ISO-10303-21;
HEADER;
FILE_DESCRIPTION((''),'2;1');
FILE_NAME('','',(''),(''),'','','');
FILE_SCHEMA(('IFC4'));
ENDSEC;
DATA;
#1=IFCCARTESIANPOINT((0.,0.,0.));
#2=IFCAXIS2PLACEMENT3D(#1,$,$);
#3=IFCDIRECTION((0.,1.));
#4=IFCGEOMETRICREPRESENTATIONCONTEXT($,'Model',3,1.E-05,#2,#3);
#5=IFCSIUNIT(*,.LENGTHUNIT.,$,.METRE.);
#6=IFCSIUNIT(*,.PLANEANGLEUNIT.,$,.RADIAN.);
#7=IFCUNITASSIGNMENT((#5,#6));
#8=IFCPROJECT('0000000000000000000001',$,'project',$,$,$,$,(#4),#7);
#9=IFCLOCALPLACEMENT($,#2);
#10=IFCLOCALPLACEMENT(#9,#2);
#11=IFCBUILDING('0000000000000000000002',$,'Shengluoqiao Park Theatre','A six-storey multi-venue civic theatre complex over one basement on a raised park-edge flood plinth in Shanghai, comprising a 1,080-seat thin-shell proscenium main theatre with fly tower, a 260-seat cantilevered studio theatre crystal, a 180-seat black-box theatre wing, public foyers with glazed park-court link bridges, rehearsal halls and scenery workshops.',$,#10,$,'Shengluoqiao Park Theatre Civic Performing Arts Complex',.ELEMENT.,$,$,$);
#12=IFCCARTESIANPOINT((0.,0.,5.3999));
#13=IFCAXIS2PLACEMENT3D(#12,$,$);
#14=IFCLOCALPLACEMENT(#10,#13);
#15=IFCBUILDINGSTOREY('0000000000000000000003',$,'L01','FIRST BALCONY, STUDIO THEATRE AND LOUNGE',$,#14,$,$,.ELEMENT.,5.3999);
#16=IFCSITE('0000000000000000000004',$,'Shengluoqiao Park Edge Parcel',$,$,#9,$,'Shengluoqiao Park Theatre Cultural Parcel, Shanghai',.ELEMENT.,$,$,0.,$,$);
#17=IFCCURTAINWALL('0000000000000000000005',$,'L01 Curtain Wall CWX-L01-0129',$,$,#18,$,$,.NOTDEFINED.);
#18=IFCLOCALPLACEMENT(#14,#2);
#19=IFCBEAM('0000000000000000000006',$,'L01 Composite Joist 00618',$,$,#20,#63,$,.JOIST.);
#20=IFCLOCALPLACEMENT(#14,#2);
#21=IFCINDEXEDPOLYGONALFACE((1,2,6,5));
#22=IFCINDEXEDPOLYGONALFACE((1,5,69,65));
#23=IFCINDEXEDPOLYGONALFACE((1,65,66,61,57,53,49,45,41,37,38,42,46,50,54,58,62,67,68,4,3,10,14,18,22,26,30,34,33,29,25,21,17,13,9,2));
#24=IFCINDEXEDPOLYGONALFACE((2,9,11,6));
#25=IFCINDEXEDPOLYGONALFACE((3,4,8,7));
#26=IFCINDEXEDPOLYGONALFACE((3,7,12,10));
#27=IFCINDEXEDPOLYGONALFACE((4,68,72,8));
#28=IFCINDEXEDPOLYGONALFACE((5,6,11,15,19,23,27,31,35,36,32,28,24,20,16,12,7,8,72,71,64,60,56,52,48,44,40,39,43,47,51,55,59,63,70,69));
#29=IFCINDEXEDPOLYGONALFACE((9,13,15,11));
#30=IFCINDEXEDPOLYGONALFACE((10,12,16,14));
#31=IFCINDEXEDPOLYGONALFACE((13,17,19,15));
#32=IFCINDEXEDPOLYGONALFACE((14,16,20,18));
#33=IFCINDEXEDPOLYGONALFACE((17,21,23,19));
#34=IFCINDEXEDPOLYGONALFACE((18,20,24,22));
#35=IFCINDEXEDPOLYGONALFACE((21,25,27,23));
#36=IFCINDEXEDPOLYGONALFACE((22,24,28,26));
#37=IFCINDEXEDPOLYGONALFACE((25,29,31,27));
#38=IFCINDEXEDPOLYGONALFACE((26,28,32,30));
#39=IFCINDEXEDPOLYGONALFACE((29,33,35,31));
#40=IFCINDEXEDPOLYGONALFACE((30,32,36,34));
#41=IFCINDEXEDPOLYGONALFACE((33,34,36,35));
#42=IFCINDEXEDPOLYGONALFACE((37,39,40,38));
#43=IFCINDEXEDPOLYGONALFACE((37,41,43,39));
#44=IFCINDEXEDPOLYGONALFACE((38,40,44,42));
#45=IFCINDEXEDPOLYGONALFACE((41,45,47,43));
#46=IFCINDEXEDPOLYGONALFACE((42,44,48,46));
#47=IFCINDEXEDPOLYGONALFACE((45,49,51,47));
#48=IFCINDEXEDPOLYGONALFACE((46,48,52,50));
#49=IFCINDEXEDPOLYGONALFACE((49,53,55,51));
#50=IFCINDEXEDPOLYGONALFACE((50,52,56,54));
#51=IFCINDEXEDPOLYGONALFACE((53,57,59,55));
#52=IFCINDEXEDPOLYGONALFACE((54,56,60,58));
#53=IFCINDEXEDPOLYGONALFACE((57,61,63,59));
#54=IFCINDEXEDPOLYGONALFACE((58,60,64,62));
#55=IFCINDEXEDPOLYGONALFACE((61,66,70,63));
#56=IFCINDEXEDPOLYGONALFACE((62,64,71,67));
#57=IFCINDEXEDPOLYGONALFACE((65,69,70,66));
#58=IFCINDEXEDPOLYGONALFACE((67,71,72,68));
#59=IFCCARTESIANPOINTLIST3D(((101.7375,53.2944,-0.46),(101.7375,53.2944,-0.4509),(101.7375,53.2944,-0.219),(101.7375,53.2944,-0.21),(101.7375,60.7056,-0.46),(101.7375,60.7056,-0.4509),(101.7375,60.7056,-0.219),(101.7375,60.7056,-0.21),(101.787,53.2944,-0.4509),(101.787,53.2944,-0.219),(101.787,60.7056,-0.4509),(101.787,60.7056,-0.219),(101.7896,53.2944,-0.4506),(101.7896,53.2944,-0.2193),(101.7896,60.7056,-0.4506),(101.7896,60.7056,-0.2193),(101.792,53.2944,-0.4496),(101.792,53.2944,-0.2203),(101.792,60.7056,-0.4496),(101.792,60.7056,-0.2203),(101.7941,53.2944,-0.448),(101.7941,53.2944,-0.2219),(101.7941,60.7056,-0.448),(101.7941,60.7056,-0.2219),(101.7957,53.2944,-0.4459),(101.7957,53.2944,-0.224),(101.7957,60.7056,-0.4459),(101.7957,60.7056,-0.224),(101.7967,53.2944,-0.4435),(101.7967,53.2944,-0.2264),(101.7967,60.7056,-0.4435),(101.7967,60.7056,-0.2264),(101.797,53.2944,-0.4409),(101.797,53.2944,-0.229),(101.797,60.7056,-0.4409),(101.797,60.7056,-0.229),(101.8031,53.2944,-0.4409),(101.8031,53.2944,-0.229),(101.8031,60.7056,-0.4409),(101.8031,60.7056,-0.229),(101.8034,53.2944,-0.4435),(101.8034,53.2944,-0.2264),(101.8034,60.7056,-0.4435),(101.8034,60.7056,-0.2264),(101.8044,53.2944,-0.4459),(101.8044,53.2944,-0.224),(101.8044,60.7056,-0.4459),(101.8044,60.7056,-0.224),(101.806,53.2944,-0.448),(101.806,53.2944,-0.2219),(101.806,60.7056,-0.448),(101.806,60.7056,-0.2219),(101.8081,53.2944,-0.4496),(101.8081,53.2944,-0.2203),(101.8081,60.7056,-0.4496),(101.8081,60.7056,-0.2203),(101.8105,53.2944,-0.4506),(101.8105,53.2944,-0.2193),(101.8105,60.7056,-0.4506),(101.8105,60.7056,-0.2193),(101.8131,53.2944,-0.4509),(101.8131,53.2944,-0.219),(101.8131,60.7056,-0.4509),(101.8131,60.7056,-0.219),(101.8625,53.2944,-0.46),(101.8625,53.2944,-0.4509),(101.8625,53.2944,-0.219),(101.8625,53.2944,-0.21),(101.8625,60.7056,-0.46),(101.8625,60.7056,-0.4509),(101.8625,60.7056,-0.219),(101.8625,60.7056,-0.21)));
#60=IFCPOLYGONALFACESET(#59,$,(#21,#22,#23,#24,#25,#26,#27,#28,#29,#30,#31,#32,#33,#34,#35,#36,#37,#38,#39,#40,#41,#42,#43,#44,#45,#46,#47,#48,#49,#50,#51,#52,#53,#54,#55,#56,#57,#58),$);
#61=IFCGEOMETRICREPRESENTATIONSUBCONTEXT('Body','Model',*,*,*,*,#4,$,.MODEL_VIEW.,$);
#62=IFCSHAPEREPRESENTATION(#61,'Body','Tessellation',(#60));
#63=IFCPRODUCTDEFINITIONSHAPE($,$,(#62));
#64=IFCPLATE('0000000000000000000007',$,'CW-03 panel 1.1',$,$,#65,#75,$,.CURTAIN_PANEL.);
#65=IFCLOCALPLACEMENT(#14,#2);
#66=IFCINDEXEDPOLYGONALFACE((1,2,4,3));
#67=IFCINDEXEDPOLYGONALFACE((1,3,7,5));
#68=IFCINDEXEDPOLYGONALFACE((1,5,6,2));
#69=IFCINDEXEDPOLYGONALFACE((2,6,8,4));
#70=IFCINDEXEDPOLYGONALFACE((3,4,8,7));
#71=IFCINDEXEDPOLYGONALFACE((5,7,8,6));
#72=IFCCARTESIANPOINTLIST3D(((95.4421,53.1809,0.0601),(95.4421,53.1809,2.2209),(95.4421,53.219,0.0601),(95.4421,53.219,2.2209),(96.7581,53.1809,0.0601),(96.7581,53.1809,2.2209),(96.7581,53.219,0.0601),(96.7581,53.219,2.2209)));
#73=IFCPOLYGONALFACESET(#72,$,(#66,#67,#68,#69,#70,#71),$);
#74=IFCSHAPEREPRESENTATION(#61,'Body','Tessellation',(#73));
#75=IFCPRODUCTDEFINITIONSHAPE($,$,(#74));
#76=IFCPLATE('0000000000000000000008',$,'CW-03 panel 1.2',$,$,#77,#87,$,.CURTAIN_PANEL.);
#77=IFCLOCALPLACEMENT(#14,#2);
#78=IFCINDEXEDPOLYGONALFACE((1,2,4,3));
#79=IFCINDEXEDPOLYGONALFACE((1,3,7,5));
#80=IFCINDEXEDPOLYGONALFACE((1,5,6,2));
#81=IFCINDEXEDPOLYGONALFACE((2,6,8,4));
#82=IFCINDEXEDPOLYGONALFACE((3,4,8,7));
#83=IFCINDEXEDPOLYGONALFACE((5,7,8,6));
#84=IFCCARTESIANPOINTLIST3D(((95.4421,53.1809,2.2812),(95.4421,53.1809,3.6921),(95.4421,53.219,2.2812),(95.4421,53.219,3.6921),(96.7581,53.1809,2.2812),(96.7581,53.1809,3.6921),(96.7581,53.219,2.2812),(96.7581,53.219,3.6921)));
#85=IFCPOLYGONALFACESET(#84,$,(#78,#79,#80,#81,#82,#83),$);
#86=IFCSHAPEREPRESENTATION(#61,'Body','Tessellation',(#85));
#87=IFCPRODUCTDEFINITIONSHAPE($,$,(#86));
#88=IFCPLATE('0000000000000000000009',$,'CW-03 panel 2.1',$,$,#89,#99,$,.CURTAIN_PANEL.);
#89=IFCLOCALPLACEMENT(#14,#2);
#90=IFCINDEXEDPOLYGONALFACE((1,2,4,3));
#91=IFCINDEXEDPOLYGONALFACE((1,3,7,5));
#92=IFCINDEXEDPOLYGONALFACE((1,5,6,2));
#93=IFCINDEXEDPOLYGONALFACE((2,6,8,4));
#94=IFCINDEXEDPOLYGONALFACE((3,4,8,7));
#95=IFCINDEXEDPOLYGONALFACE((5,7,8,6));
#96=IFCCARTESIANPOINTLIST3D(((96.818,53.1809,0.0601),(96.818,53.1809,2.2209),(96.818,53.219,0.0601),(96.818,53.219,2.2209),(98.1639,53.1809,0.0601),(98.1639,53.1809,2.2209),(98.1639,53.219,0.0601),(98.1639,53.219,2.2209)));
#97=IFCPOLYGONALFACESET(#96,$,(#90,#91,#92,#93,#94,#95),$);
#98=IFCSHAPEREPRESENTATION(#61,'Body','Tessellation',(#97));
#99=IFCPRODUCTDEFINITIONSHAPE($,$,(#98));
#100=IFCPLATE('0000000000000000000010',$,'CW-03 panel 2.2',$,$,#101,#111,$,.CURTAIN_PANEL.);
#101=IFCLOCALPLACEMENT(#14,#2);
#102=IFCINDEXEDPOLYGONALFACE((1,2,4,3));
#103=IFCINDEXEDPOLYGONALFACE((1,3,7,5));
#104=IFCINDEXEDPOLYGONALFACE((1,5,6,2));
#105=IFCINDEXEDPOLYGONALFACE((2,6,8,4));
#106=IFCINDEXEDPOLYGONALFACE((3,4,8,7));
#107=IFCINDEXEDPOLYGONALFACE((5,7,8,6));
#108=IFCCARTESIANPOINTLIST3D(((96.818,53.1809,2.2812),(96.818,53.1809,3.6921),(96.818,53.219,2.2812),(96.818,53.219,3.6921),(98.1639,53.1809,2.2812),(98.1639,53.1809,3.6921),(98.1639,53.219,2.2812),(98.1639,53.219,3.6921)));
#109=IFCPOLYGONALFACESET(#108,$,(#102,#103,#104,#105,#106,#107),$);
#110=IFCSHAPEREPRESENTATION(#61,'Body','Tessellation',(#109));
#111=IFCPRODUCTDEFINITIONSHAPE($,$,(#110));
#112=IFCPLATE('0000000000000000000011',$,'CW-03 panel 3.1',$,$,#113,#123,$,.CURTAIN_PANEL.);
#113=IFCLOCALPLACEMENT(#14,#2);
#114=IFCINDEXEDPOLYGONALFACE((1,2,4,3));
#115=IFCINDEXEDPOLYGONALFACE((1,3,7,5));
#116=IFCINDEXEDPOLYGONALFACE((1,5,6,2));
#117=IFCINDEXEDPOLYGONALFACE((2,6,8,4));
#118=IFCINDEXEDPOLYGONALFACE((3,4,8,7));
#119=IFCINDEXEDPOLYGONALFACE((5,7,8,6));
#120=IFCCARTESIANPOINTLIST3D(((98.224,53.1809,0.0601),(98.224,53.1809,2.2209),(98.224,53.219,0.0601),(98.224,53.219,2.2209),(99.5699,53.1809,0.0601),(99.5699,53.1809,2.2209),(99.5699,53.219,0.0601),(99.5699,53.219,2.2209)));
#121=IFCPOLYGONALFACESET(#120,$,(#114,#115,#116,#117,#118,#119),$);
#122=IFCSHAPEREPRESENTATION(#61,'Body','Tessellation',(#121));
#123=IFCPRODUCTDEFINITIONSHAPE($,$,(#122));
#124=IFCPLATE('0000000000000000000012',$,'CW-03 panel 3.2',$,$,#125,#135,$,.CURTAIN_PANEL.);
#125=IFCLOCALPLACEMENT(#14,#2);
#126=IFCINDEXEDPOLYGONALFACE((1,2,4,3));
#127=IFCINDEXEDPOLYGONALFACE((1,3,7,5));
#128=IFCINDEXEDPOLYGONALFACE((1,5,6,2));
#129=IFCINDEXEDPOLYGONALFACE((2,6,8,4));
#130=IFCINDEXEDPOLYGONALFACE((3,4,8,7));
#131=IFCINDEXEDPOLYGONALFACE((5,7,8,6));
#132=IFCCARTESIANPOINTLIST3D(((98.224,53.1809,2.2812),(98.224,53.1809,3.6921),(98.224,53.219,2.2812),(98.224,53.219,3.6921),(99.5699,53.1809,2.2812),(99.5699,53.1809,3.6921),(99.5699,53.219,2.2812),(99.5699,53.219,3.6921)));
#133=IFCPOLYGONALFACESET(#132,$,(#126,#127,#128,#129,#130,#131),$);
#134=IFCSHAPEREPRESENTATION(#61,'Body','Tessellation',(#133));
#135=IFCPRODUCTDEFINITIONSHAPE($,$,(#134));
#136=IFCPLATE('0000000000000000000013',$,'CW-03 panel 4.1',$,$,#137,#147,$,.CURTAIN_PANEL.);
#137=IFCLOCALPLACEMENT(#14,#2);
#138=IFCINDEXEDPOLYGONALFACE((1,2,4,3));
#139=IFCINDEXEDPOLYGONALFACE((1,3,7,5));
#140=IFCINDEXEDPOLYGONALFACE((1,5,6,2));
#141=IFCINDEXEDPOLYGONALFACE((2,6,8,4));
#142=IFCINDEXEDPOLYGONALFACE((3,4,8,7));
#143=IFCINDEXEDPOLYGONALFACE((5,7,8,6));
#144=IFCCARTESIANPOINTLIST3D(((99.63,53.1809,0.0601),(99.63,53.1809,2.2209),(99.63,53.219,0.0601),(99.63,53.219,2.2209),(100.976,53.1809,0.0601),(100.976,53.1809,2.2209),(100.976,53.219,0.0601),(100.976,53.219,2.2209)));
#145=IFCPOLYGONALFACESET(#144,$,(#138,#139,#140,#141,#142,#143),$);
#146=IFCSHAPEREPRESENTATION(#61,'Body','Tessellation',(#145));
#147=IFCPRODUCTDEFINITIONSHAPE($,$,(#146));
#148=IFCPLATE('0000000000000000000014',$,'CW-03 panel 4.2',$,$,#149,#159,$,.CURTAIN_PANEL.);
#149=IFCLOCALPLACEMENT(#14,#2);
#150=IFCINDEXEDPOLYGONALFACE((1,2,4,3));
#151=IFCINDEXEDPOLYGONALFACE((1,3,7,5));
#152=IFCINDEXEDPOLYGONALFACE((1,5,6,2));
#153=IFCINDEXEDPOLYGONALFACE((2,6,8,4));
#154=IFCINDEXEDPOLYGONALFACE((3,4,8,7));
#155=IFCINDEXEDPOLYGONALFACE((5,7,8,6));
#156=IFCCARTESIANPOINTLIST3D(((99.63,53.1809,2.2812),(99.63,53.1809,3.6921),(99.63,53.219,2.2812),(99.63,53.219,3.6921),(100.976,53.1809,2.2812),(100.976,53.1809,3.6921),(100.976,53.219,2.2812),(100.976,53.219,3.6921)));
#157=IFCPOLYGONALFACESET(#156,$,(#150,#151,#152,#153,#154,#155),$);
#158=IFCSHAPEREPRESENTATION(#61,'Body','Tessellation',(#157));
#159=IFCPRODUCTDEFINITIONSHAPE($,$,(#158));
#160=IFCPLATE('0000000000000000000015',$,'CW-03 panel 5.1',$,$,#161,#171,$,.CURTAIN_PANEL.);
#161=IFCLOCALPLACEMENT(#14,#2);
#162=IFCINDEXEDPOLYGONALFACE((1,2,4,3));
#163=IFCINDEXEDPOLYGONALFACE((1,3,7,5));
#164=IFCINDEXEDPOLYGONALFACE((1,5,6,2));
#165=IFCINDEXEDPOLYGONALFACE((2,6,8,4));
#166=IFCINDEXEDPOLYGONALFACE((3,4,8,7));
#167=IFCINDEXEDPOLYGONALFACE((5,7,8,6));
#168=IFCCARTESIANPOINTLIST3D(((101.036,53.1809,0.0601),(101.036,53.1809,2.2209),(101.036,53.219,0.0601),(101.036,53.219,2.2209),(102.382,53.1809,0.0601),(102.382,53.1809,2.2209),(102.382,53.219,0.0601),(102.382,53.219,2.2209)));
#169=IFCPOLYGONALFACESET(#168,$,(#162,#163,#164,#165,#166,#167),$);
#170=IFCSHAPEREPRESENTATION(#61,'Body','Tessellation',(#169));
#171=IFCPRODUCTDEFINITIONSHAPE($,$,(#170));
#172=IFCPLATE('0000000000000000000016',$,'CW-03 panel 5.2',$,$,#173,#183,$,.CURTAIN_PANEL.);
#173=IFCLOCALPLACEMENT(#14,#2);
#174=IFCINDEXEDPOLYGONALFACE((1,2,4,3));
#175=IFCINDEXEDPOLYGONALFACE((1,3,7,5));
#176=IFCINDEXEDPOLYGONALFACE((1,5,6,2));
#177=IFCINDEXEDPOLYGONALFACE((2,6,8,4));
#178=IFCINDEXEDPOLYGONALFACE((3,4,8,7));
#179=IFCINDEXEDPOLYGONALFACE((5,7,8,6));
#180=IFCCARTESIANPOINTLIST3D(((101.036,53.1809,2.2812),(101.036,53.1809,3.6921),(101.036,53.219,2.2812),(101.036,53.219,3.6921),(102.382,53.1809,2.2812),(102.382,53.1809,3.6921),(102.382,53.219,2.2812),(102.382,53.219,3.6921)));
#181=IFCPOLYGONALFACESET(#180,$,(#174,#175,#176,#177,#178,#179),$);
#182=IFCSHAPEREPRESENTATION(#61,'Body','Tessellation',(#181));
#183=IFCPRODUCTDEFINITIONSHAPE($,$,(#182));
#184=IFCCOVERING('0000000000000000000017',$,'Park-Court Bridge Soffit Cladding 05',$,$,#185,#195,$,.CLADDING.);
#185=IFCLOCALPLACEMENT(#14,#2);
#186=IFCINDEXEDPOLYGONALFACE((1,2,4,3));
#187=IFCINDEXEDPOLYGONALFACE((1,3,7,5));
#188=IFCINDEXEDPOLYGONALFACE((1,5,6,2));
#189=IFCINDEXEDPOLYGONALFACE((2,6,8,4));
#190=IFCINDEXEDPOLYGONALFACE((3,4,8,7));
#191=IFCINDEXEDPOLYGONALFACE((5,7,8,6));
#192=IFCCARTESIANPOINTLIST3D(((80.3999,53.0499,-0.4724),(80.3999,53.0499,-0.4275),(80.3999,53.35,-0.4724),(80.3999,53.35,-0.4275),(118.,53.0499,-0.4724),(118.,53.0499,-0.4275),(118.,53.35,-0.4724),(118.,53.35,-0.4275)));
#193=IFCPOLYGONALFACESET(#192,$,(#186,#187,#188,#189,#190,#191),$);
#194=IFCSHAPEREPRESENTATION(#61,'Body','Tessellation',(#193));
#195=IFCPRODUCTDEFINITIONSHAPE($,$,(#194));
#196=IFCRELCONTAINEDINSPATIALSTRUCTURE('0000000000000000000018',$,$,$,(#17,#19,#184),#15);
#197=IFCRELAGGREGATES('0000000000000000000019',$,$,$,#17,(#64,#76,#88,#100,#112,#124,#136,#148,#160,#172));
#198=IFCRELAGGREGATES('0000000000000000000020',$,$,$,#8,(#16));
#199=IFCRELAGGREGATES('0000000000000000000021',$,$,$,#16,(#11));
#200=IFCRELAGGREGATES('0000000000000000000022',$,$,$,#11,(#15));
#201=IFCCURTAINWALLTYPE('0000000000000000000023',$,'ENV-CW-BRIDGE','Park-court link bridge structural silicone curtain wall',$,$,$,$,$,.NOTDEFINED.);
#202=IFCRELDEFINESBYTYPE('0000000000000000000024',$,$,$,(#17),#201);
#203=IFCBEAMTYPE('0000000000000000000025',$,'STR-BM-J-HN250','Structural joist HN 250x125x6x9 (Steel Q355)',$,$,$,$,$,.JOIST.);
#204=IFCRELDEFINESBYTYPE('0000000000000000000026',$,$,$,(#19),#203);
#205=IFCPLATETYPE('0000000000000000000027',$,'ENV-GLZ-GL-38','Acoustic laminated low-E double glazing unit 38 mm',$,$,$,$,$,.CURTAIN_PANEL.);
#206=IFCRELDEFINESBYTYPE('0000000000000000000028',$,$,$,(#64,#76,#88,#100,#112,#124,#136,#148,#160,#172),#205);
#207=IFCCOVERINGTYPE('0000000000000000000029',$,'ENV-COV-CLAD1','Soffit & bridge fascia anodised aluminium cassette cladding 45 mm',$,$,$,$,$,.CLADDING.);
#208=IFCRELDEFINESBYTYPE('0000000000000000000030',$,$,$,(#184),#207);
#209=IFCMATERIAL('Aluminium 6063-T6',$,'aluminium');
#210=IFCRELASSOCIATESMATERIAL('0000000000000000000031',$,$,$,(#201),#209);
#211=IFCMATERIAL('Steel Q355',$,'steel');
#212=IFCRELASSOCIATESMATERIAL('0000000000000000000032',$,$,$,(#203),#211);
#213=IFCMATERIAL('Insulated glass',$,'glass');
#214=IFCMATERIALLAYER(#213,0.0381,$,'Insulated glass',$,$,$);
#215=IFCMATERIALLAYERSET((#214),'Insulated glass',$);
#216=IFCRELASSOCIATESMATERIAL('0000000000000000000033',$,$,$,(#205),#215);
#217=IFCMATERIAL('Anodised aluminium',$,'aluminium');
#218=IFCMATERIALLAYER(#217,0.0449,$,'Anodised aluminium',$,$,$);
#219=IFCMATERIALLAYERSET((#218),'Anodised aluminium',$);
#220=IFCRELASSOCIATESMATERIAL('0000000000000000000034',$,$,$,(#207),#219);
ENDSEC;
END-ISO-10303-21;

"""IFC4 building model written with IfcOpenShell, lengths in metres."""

from ifc_helpers import new_model, si_unit, direction, frame, origin, origin_2d, place, context, subcontext, project, spatial, rectangle, i_section, extrude, material, layer, layer_set, material_profile, profile_set, type_object, element, aggregate, save


model = new_model("IFC4")

# Units and contexts
model_context = context("Model", 3, precision=1e-05, world=origin(), true_north=direction((0.0, 1.0)))
body_context = subcontext(model_context, "Body", "Model", "MODEL_VIEW")
ifc_project = project(units=[si_unit("LENGTHUNIT", "METRE"), si_unit("PLANEANGLEUNIT", "RADIAN")], contexts=[model_context])

# Site, building, storey
site_placement = place(None, origin())
site = spatial("IfcSite", under=ifc_project, at=site_placement, Name="Shengluoqiao Park Edge Parcel", LongName="Shengluoqiao Park Theatre Cultural Parcel, Shanghai", CompositionType="ELEMENT", RefElevation=0.0)
building_placement = place(site_placement, origin())
building = spatial("IfcBuilding", under=site, at=building_placement, Name="Shengluoqiao Park Theatre", Description="A six-storey multi-venue civic theatre complex over one basement on a raised park-edge flood plinth in Shanghai, comprising a 1,080-seat thin-shell proscenium main theatre with fly tower, a 260-seat cantilevered studio theatre crystal, a 180-seat black-box theatre wing, public foyers with glazed park-court link bridges, rehearsal halls and scenery workshops.", LongName="Shengluoqiao Park Theatre Civic Performing Arts Complex", CompositionType="ELEMENT")
storey_placement = place(building_placement, frame((0.0, 0.0, 5.3999)))
storey = spatial("IfcBuildingStorey", under=building, at=storey_placement, Name="L01", Description="FIRST BALCONY, STUDIO THEATRE AND LOUNGE", CompositionType="ELEMENT", Elevation=5.3999)

# Curtain wall
ifc_material_1 = material(Name="Aluminium 6063-T6", Category="aluminium")
curtain_wall_type = type_object("IfcCurtainWallType", Name="ENV-CW-BRIDGE", Description="Park-court link bridge structural silicone curtain wall", PredefinedType="NOTDEFINED", material=ifc_material_1)
curtain_wall_placement = place(storey_placement, origin())
curtain_wall = element("IfcCurtainWall", 1, at=curtain_wall_placement, inside=storey, type_object=curtain_wall_type, Name="L01 Curtain Wall CWX-L01-0129", PredefinedType="NOTDEFINED")

# Beam
ifc_material_2 = material(Name="Steel Q355", Category="steel")
ifc_material_profile_1 = material_profile(ifc_material_2, i_section(OverallWidth=0.125, OverallDepth=0.25, WebThickness=0.0061, FlangeThickness=0.009, FilletRadius=0.01, at=origin_2d()), Name="HN 250x125x6x9")
ifc_profile_set_1 = profile_set([ifc_material_profile_1], Name="Steel Q355")
beam_type = type_object("IfcBeamType", Name="STR-BM-J-HN250", Description="Structural joist HN 250x125x6x9 (Steel Q355)", PredefinedType="JOIST", material=ifc_profile_set_1)
for number, where, z_axis, x_axis, name in (
    (2, (101.8, 53.2944, -0.335), (0.0, 1.0, 0.0), (-1.0, 0.0, 0.0), "L01 Composite Joist 00618"),
):
    element("IfcBeam", number, at=place(storey_placement, frame(where, z_axis=z_axis, x_axis=x_axis)), inside=storey, type_object=beam_type, Name=name, PredefinedType="JOIST", context=body_context, shape_type="SweptSolid", body=[
        extrude(i_section(OverallWidth=0.125, OverallDepth=0.25, WebThickness=0.0061, FlangeThickness=0.009, FilletRadius=0.01, at=origin_2d()), origin(), (0.0, 0.0, 1.0), 7.4111),
    ])

# Plates
ifc_material_3 = material(Name="Insulated glass", Category="glass")
ifc_layer_1 = layer(ifc_material_3, 0.0381, Name="Insulated glass")
ifc_layer_set_1 = layer_set([ifc_layer_1], Name="Insulated glass")
plate_type = type_object("IfcPlateType", Name="ENV-GLZ-GL-38", Description="Acoustic laminated low-E double glazing unit 38 mm", PredefinedType="CURTAIN_PANEL", material=ifc_layer_set_1)
plate_1_placement = place(storey_placement, frame((96.1001, 53.2, 0.0601), z_axis=(0.0, 0.0, 1.0), x_axis=(1.0, 0.0, 0.0)))
plate_1 = element("IfcPlate", 3, at=plate_1_placement, type_object=plate_type, Name="CW-03 panel 1.1", PredefinedType="CURTAIN_PANEL", context=body_context, shape_type="SweptSolid", body=[
    extrude(rectangle(XDim=1.3159, YDim=0.0381, at=origin_2d()), origin(), (0.0, 0.0, 1.0), 2.1609),
])
plate_2_placement = place(storey_placement, frame((96.1001, 53.2, 2.2812), z_axis=(0.0, 0.0, 1.0), x_axis=(1.0, 0.0, 0.0)))
plate_2 = element("IfcPlate", 4, at=plate_2_placement, type_object=plate_type, Name="CW-03 panel 1.2", PredefinedType="CURTAIN_PANEL", context=body_context, shape_type="SweptSolid", body=[
    extrude(rectangle(XDim=1.3159, YDim=0.0381, at=origin_2d()), origin(), (0.0, 0.0, 1.0), 1.4109),
])
plate_3_placement = place(storey_placement, frame((97.491, 53.2, 0.0601), z_axis=(0.0, 0.0, 1.0), x_axis=(1.0, 0.0, 0.0)))
plate_3 = element("IfcPlate", 5, at=plate_3_placement, type_object=plate_type, Name="CW-03 panel 2.1", PredefinedType="CURTAIN_PANEL", context=body_context, shape_type="SweptSolid", body=[
    extrude(rectangle(XDim=1.3459, YDim=0.0381, at=origin_2d()), origin(), (0.0, 0.0, 1.0), 2.1609),
])
plate_4_placement = place(storey_placement, frame((97.491, 53.2, 2.2812), z_axis=(0.0, 0.0, 1.0), x_axis=(1.0, 0.0, 0.0)))
plate_4 = element("IfcPlate", 6, at=plate_4_placement, type_object=plate_type, Name="CW-03 panel 2.2", PredefinedType="CURTAIN_PANEL", context=body_context, shape_type="SweptSolid", body=[
    extrude(rectangle(XDim=1.3459, YDim=0.0381, at=origin_2d()), origin(), (0.0, 0.0, 1.0), 1.4109),
])
plate_5_placement = place(storey_placement, frame((98.897, 53.2, 0.0601), z_axis=(0.0, 0.0, 1.0), x_axis=(1.0, 0.0, 0.0)))
plate_5 = element("IfcPlate", 7, at=plate_5_placement, type_object=plate_type, Name="CW-03 panel 3.1", PredefinedType="CURTAIN_PANEL", context=body_context, shape_type="SweptSolid", body=[
    extrude(rectangle(XDim=1.3459, YDim=0.0381, at=origin_2d()), origin(), (0.0, 0.0, 1.0), 2.1609),
])
plate_6_placement = place(storey_placement, frame((98.897, 53.2, 2.2812), z_axis=(0.0, 0.0, 1.0), x_axis=(1.0, 0.0, 0.0)))
plate_6 = element("IfcPlate", 8, at=plate_6_placement, type_object=plate_type, Name="CW-03 panel 3.2", PredefinedType="CURTAIN_PANEL", context=body_context, shape_type="SweptSolid", body=[
    extrude(rectangle(XDim=1.3459, YDim=0.0381, at=origin_2d()), origin(), (0.0, 0.0, 1.0), 1.4109),
])
plate_7_placement = place(storey_placement, frame((100.303, 53.2, 0.0601), z_axis=(0.0, 0.0, 1.0), x_axis=(1.0, 0.0, 0.0)))
plate_7 = element("IfcPlate", 9, at=plate_7_placement, type_object=plate_type, Name="CW-03 panel 4.1", PredefinedType="CURTAIN_PANEL", context=body_context, shape_type="SweptSolid", body=[
    extrude(rectangle(XDim=1.3459, YDim=0.0381, at=origin_2d()), origin(), (0.0, 0.0, 1.0), 2.1609),
])
plate_8_placement = place(storey_placement, frame((100.303, 53.2, 2.2812), z_axis=(0.0, 0.0, 1.0), x_axis=(1.0, 0.0, 0.0)))
plate_8 = element("IfcPlate", 10, at=plate_8_placement, type_object=plate_type, Name="CW-03 panel 4.2", PredefinedType="CURTAIN_PANEL", context=body_context, shape_type="SweptSolid", body=[
    extrude(rectangle(XDim=1.3459, YDim=0.0381, at=origin_2d()), origin(), (0.0, 0.0, 1.0), 1.4109),
])
plate_9_placement = place(storey_placement, frame((101.709, 53.2, 0.0601), z_axis=(0.0, 0.0, 1.0), x_axis=(1.0, 0.0, 0.0)))
plate_9 = element("IfcPlate", 11, at=plate_9_placement, type_object=plate_type, Name="CW-03 panel 5.1", PredefinedType="CURTAIN_PANEL", context=body_context, shape_type="SweptSolid", body=[
    extrude(rectangle(XDim=1.3459, YDim=0.0381, at=origin_2d()), origin(), (0.0, 0.0, 1.0), 2.1609),
])
plate_10_placement = place(storey_placement, frame((101.709, 53.2, 2.2812), z_axis=(0.0, 0.0, 1.0), x_axis=(1.0, 0.0, 0.0)))
plate_10 = element("IfcPlate", 12, at=plate_10_placement, type_object=plate_type, Name="CW-03 panel 5.2", PredefinedType="CURTAIN_PANEL", context=body_context, shape_type="SweptSolid", body=[
    extrude(rectangle(XDim=1.3459, YDim=0.0381, at=origin_2d()), origin(), (0.0, 0.0, 1.0), 1.4109),
])
aggregate(curtain_wall, [plate_1, plate_2, plate_3, plate_4, plate_5, plate_6, plate_7, plate_8, plate_9, plate_10])

# Covering
ifc_material_4 = material(Name="Anodised aluminium", Category="aluminium")
ifc_layer_2 = layer(ifc_material_4, 0.0449, Name="Anodised aluminium")
ifc_layer_set_2 = layer_set([ifc_layer_2], Name="Anodised aluminium")
covering_type = type_object("IfcCoveringType", Name="ENV-COV-CLAD1", Description="Soffit & bridge fascia anodised aluminium cassette cladding 45 mm", PredefinedType="CLADDING", material=ifc_layer_set_2)
covering_placement = place(storey_placement, frame((99.2, 53.2, -0.4724), z_axis=(0.0, 0.0, 1.0), x_axis=(1.0, 0.0, 0.0)))
element("IfcCovering", 13, at=covering_placement, inside=storey, type_object=covering_type, Name="Park-Court Bridge Soffit Cladding 05", PredefinedType="CLADDING", context=body_context, shape_type="SweptSolid", body=[
    extrude(rectangle(XDim=37.6001, YDim=0.3, at=origin_2d()), origin(), (0.0, 0.0, 1.0), 0.0449),
])

save(model, "model.ifc")
